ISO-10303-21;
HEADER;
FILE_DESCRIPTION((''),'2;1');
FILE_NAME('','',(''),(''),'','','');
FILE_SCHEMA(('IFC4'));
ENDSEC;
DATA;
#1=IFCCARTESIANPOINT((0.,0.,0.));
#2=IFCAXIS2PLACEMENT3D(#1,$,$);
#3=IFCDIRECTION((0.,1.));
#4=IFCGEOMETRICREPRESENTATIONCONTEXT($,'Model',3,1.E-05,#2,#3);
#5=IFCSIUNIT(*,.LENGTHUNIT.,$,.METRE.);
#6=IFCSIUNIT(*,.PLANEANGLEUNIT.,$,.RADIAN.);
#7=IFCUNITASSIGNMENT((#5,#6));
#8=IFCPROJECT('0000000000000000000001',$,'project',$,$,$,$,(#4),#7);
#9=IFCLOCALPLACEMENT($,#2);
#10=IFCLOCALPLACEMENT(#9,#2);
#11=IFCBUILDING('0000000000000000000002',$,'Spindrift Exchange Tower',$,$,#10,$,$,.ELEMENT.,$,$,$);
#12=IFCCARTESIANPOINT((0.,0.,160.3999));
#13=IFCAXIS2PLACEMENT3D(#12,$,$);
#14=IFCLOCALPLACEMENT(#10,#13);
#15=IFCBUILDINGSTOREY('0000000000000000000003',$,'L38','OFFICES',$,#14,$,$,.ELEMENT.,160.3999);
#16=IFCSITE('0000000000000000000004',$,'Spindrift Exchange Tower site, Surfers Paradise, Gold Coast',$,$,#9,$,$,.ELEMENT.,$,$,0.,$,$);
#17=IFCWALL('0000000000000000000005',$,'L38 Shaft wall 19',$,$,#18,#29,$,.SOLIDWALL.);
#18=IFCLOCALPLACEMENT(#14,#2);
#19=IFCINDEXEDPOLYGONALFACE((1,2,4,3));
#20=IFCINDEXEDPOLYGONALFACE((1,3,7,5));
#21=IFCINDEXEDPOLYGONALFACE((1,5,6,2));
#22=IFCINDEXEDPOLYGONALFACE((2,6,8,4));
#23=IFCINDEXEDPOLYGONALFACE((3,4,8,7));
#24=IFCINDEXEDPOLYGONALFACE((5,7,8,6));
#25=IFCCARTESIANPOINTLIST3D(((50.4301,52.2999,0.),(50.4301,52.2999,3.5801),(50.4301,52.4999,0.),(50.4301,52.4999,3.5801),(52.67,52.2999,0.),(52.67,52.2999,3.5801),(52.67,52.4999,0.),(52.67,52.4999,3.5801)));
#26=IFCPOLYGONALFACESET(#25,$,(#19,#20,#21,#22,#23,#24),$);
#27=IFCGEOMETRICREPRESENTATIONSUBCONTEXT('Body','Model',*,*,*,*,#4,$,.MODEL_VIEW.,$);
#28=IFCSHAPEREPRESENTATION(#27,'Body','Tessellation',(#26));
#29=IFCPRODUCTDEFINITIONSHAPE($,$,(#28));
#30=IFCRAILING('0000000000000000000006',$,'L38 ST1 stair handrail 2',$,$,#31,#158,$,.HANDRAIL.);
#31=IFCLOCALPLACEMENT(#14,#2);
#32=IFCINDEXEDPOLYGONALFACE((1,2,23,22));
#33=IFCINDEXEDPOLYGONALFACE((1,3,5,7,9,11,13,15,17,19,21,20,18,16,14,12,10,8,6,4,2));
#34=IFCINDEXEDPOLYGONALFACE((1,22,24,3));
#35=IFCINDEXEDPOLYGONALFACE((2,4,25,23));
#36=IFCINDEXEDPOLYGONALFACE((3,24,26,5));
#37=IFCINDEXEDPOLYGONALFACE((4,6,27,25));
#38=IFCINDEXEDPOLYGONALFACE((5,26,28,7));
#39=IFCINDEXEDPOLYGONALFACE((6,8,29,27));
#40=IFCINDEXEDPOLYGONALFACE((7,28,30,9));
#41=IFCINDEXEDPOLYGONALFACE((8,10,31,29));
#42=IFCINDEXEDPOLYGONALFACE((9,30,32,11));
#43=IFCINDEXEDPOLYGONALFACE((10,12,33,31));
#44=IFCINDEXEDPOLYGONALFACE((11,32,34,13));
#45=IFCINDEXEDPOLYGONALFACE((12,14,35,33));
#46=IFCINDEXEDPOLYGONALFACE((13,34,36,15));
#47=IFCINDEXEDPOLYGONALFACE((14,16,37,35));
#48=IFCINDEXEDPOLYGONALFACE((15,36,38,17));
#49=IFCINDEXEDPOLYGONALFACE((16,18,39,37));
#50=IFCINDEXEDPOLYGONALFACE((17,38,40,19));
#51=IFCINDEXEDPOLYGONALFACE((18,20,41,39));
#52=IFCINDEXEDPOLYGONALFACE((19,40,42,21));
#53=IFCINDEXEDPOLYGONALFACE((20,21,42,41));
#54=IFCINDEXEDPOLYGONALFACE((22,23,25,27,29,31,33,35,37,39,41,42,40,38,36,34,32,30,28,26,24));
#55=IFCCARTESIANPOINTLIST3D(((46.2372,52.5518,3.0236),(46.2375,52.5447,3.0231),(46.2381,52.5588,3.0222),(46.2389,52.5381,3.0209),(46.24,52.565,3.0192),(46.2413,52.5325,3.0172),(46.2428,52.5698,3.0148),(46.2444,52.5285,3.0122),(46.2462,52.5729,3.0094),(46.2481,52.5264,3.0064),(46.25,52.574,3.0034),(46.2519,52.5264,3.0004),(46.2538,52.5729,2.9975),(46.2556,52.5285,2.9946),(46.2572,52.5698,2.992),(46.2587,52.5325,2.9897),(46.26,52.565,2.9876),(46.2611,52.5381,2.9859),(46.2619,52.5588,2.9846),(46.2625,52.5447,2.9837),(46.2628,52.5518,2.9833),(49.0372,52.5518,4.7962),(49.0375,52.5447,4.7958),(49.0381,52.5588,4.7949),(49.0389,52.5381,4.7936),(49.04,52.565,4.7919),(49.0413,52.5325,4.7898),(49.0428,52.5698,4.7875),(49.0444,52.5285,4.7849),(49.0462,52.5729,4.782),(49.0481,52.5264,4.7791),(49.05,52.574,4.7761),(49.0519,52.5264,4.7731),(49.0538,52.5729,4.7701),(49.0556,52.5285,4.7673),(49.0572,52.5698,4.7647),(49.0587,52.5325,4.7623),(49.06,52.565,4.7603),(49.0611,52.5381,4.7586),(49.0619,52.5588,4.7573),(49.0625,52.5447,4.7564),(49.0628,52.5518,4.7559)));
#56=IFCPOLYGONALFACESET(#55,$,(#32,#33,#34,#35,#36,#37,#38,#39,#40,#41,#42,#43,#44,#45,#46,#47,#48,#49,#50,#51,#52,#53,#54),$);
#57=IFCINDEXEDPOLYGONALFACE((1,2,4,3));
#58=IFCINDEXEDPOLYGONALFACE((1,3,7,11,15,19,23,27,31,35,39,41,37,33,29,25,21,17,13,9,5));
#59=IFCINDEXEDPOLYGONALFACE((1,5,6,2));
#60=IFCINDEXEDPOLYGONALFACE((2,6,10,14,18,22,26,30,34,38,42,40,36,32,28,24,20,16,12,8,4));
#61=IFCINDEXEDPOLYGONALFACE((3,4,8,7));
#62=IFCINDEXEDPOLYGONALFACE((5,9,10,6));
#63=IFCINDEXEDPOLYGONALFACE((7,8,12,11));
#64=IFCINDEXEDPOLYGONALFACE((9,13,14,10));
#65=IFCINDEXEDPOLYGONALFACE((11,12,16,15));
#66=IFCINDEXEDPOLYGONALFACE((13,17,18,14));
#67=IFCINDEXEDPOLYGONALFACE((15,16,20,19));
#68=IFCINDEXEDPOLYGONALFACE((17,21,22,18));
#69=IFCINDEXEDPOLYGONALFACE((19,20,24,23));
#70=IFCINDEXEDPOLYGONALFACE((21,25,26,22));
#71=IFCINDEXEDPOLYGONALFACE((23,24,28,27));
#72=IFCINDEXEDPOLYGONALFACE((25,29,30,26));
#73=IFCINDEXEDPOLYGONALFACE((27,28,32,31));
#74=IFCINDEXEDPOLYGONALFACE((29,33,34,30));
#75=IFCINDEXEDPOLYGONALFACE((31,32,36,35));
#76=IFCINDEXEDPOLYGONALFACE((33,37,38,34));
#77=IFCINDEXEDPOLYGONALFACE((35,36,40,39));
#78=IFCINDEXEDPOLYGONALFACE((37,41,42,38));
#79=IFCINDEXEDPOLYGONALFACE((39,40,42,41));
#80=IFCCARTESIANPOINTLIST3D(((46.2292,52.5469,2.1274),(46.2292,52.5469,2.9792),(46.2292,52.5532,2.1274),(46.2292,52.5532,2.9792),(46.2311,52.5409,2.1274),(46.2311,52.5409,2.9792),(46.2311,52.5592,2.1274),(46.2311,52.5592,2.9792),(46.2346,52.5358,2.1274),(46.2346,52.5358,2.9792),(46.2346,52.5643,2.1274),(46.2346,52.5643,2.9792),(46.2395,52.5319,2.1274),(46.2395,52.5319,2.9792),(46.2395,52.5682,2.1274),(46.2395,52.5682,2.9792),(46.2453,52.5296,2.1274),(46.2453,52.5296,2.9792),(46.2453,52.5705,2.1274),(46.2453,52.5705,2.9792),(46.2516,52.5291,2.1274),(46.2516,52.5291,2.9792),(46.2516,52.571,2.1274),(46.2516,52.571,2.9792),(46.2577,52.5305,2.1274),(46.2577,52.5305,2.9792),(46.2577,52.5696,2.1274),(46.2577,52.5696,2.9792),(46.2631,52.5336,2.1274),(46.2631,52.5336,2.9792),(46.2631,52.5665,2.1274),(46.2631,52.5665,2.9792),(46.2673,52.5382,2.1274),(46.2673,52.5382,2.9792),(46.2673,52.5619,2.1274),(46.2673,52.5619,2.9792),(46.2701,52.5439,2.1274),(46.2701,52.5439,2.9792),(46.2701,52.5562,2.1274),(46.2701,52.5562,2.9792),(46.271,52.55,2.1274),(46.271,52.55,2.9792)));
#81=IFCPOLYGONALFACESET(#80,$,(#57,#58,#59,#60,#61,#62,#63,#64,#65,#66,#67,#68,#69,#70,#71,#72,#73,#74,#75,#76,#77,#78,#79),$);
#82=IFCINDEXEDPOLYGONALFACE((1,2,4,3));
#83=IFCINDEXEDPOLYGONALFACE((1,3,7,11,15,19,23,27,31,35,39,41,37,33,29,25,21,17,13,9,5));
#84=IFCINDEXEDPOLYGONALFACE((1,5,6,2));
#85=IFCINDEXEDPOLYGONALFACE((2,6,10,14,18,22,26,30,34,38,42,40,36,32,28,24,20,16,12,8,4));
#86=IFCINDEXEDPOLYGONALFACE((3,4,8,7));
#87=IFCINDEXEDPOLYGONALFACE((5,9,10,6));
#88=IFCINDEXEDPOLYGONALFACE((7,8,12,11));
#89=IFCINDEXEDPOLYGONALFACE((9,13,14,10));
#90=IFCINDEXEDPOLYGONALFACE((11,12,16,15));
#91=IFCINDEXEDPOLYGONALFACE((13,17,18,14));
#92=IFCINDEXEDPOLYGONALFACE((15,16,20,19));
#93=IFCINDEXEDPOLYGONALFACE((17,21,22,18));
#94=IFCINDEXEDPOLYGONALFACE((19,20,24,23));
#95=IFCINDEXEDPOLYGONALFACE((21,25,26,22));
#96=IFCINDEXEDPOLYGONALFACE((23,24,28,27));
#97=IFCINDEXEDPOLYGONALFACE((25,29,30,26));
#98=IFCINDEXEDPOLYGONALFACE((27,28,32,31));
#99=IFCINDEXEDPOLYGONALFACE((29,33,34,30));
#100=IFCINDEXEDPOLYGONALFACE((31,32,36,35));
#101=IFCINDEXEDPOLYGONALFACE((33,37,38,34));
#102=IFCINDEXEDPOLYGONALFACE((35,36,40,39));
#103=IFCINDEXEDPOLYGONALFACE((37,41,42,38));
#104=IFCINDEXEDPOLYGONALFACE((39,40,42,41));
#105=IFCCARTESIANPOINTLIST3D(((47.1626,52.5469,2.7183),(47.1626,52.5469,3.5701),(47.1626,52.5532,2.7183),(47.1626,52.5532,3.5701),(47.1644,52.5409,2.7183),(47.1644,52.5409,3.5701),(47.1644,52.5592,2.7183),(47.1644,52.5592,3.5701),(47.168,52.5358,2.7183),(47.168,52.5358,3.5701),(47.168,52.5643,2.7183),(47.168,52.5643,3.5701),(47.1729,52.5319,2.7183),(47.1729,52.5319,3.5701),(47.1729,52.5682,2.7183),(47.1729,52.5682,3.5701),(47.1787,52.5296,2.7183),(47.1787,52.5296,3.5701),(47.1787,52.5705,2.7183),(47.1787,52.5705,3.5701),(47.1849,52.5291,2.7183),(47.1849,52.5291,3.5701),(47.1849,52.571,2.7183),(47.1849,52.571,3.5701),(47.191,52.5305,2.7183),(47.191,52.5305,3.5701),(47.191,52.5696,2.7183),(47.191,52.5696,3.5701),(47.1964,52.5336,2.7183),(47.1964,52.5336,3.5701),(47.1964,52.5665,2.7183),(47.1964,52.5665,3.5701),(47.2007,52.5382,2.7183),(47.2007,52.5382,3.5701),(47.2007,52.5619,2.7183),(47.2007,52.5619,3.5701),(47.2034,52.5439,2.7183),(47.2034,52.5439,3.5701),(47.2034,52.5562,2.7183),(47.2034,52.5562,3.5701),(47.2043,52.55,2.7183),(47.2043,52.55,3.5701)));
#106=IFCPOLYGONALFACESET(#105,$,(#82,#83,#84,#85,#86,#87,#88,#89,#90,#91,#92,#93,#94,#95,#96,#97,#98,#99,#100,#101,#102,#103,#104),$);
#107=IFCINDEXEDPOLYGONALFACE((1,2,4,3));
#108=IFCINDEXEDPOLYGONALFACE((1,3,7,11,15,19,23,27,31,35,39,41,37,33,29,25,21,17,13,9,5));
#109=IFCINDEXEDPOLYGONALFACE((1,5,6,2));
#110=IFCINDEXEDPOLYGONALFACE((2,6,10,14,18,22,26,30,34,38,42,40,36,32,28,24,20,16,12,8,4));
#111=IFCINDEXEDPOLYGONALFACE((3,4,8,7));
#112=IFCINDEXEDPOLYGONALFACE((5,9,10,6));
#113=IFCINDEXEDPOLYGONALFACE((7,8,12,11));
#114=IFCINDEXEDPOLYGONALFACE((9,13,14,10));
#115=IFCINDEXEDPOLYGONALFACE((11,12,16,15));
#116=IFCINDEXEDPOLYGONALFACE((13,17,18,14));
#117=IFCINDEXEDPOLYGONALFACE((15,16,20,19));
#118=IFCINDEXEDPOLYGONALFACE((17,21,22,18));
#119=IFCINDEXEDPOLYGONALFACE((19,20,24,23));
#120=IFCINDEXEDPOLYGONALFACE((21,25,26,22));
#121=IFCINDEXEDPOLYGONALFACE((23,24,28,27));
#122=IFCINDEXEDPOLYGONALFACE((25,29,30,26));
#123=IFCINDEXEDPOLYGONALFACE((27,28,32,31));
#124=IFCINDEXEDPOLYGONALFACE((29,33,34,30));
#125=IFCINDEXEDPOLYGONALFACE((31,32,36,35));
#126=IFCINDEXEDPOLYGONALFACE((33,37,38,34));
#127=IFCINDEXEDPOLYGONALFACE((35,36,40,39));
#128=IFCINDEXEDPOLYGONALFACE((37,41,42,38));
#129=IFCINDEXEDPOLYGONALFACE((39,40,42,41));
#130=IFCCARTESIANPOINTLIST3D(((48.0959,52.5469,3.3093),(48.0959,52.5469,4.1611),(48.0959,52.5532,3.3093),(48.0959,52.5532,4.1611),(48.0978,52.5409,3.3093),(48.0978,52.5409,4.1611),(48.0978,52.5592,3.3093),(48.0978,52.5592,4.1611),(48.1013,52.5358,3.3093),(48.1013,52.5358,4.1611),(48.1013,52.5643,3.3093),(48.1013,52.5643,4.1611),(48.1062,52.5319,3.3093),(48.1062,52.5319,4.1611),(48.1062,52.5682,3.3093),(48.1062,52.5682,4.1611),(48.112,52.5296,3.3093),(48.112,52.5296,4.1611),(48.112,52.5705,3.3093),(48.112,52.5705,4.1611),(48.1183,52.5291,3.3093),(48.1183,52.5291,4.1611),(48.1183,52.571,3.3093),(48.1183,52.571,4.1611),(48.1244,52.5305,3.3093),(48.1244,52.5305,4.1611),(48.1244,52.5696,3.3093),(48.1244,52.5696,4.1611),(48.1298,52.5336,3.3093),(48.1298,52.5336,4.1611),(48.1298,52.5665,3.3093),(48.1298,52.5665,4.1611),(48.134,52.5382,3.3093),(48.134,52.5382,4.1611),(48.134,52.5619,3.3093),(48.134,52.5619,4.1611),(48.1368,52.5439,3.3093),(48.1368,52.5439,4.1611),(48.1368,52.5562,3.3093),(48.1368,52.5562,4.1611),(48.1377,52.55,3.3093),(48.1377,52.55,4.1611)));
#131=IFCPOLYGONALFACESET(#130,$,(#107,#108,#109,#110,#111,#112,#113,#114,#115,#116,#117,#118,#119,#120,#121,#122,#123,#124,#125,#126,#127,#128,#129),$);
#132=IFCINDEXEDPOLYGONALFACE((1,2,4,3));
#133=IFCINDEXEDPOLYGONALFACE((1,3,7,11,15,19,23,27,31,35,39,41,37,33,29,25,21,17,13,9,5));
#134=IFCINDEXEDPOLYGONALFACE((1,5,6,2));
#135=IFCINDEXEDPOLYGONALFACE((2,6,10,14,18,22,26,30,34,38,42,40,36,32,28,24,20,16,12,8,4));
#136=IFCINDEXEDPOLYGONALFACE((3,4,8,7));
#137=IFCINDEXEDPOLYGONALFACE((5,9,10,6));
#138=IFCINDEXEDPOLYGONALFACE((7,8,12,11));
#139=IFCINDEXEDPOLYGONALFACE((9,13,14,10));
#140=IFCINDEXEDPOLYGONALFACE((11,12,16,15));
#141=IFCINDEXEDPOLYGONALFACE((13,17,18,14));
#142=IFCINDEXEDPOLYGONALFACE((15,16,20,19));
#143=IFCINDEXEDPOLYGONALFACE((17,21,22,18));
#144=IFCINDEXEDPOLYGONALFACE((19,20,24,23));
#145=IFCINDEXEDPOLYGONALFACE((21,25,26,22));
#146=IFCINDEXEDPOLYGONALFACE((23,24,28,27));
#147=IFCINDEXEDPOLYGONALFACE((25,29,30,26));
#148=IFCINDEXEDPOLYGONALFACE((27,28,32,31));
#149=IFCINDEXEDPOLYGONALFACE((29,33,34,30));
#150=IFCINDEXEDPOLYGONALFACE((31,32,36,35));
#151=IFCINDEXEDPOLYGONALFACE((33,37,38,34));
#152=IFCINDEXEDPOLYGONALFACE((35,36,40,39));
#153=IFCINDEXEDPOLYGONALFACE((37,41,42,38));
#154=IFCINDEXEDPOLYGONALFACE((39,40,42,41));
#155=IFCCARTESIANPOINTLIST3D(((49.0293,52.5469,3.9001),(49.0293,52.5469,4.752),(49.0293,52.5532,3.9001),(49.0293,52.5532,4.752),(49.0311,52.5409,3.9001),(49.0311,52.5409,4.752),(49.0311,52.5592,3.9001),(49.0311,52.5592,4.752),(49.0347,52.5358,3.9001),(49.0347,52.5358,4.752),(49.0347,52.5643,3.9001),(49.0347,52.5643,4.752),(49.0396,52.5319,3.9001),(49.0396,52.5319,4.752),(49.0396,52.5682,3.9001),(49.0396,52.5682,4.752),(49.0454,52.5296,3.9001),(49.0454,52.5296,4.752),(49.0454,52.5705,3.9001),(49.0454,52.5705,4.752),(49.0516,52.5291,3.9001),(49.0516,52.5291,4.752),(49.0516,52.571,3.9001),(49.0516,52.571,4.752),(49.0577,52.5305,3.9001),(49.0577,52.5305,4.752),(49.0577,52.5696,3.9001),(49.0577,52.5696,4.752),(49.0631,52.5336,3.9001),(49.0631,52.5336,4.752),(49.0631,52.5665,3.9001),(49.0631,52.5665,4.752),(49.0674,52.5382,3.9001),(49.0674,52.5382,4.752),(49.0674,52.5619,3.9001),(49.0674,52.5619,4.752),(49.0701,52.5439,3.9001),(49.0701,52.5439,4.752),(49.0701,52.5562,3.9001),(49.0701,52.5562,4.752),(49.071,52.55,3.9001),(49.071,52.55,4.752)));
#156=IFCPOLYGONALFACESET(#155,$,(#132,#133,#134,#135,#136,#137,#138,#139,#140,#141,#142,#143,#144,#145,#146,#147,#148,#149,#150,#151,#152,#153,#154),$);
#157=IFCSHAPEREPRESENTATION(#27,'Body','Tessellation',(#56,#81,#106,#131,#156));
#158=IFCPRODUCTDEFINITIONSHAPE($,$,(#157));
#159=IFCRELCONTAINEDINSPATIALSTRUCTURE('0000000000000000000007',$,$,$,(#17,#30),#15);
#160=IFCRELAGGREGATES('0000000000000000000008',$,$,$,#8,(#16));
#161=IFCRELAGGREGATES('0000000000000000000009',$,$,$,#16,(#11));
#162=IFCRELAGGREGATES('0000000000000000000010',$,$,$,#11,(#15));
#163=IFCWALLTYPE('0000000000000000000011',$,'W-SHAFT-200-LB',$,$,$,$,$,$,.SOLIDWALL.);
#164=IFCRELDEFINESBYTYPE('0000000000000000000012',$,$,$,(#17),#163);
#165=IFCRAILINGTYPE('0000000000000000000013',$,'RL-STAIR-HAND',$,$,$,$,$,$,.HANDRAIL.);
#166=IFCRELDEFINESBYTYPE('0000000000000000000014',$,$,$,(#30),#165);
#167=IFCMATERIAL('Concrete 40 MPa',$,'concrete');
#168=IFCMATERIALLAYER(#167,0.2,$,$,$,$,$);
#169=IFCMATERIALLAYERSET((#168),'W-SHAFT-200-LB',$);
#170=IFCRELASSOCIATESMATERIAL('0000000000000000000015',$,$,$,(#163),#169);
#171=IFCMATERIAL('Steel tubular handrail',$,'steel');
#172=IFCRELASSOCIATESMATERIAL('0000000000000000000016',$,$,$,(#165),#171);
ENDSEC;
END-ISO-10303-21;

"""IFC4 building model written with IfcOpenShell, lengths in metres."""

from ifc_helpers import new_model, si_unit, direction, frame, frame_2d, origin, origin_2d, place, context, subcontext, project, spatial, rectangle, circle, extrude, material, layer, layer_set, type_object, element, save


model = new_model("IFC4")

# Units and contexts
model_context = context("Model", 3, precision=1e-05, world=origin(), true_north=direction((0.0, 1.0)))
body_context = subcontext(model_context, "Body", "Model", "MODEL_VIEW")
ifc_project = project(units=[si_unit("LENGTHUNIT", "METRE"), si_unit("PLANEANGLEUNIT", "RADIAN")], contexts=[model_context])

# Site, building, storey
site_placement = place(None, origin())
site = spatial("IfcSite", under=ifc_project, at=site_placement, Name="Spindrift Exchange Tower site, Surfers Paradise, Gold Coast", CompositionType="ELEMENT", RefElevation=0.0)
building_placement = place(site_placement, origin())
building = spatial("IfcBuilding", under=site, at=building_placement, Name="Spindrift Exchange Tower", CompositionType="ELEMENT")
storey_placement = place(building_placement, frame((0.0, 0.0, 160.3999)))
storey = spatial("IfcBuildingStorey", under=building, at=storey_placement, Name="L38", Description="OFFICES", CompositionType="ELEMENT", Elevation=160.3999)

# Shared definitions
ifc_material_1 = material(Name="Concrete 40 MPa", Category="concrete")
ifc_layer_1 = layer(ifc_material_1, 0.2)
ifc_layer_set_1 = layer_set([ifc_layer_1], Name="W-SHAFT-200-LB")
wall_type_1 = type_object("IfcWallType", Name="W-SHAFT-200-LB", PredefinedType="SOLIDWALL", material=ifc_layer_set_1)

# Wall
wall_1_placement = place(storey_placement, frame((50.4299, 52.3999, 0.0), z_axis=(0.0, 0.0, 1.0), x_axis=(1.0, 0.0, 0.0)))
element("IfcWall", 1, at=wall_1_placement, inside=storey, type_object=wall_type_1, Name="L38 Shaft wall 19", PredefinedType="SOLIDWALL", context=body_context, shape_type="SweptSolid", body=[
    extrude(rectangle(XDim=2.24, YDim=0.2, at=frame_2d((1.1201, 0.0))), origin(), (0.0, 0.0, 1.0), 3.5801),
])

# Railing
ifc_material_2 = material(Name="Steel tubular handrail", Category="steel")
railing_type = type_object("IfcRailingType", Name="RL-STAIR-HAND", PredefinedType="HANDRAIL", material=ifc_material_2)
railing_placement = place(storey_placement, frame((46.25, 52.55, 2.1274)))
element("IfcRailing", 2, at=railing_placement, inside=storey, type_object=railing_type, Name="L38 ST1 stair handrail 2", PredefinedType="HANDRAIL", context=body_context, shape_type="SweptSolid", body=[
    extrude(circle(Radius=0.0239, at=origin_2d()), frame((0.0, 0.0, 0.876), z_axis=(0.844909, 0.0, 0.53491), x_axis=(0.0, 1.0, 0.0)), (0.0, 0.0, 1.0), 3.314),
    extrude(circle(Radius=0.021, at=origin_2d()), origin(), (0.0, 0.0, 1.0), 0.8518),
    extrude(circle(Radius=0.021, at=origin_2d()), frame((0.9333, 0.0, 0.5908)), (0.0, 0.0, 1.0), 0.8518),
    extrude(circle(Radius=0.021, at=origin_2d()), frame((1.8667, 0.0, 1.1819)), (0.0, 0.0, 1.0), 0.8518),
    extrude(circle(Radius=0.021, at=origin_2d()), frame((2.8, 0.0, 1.7727)), (0.0, 0.0, 1.0), 0.8518),
])

save(model, "model.ifc")
